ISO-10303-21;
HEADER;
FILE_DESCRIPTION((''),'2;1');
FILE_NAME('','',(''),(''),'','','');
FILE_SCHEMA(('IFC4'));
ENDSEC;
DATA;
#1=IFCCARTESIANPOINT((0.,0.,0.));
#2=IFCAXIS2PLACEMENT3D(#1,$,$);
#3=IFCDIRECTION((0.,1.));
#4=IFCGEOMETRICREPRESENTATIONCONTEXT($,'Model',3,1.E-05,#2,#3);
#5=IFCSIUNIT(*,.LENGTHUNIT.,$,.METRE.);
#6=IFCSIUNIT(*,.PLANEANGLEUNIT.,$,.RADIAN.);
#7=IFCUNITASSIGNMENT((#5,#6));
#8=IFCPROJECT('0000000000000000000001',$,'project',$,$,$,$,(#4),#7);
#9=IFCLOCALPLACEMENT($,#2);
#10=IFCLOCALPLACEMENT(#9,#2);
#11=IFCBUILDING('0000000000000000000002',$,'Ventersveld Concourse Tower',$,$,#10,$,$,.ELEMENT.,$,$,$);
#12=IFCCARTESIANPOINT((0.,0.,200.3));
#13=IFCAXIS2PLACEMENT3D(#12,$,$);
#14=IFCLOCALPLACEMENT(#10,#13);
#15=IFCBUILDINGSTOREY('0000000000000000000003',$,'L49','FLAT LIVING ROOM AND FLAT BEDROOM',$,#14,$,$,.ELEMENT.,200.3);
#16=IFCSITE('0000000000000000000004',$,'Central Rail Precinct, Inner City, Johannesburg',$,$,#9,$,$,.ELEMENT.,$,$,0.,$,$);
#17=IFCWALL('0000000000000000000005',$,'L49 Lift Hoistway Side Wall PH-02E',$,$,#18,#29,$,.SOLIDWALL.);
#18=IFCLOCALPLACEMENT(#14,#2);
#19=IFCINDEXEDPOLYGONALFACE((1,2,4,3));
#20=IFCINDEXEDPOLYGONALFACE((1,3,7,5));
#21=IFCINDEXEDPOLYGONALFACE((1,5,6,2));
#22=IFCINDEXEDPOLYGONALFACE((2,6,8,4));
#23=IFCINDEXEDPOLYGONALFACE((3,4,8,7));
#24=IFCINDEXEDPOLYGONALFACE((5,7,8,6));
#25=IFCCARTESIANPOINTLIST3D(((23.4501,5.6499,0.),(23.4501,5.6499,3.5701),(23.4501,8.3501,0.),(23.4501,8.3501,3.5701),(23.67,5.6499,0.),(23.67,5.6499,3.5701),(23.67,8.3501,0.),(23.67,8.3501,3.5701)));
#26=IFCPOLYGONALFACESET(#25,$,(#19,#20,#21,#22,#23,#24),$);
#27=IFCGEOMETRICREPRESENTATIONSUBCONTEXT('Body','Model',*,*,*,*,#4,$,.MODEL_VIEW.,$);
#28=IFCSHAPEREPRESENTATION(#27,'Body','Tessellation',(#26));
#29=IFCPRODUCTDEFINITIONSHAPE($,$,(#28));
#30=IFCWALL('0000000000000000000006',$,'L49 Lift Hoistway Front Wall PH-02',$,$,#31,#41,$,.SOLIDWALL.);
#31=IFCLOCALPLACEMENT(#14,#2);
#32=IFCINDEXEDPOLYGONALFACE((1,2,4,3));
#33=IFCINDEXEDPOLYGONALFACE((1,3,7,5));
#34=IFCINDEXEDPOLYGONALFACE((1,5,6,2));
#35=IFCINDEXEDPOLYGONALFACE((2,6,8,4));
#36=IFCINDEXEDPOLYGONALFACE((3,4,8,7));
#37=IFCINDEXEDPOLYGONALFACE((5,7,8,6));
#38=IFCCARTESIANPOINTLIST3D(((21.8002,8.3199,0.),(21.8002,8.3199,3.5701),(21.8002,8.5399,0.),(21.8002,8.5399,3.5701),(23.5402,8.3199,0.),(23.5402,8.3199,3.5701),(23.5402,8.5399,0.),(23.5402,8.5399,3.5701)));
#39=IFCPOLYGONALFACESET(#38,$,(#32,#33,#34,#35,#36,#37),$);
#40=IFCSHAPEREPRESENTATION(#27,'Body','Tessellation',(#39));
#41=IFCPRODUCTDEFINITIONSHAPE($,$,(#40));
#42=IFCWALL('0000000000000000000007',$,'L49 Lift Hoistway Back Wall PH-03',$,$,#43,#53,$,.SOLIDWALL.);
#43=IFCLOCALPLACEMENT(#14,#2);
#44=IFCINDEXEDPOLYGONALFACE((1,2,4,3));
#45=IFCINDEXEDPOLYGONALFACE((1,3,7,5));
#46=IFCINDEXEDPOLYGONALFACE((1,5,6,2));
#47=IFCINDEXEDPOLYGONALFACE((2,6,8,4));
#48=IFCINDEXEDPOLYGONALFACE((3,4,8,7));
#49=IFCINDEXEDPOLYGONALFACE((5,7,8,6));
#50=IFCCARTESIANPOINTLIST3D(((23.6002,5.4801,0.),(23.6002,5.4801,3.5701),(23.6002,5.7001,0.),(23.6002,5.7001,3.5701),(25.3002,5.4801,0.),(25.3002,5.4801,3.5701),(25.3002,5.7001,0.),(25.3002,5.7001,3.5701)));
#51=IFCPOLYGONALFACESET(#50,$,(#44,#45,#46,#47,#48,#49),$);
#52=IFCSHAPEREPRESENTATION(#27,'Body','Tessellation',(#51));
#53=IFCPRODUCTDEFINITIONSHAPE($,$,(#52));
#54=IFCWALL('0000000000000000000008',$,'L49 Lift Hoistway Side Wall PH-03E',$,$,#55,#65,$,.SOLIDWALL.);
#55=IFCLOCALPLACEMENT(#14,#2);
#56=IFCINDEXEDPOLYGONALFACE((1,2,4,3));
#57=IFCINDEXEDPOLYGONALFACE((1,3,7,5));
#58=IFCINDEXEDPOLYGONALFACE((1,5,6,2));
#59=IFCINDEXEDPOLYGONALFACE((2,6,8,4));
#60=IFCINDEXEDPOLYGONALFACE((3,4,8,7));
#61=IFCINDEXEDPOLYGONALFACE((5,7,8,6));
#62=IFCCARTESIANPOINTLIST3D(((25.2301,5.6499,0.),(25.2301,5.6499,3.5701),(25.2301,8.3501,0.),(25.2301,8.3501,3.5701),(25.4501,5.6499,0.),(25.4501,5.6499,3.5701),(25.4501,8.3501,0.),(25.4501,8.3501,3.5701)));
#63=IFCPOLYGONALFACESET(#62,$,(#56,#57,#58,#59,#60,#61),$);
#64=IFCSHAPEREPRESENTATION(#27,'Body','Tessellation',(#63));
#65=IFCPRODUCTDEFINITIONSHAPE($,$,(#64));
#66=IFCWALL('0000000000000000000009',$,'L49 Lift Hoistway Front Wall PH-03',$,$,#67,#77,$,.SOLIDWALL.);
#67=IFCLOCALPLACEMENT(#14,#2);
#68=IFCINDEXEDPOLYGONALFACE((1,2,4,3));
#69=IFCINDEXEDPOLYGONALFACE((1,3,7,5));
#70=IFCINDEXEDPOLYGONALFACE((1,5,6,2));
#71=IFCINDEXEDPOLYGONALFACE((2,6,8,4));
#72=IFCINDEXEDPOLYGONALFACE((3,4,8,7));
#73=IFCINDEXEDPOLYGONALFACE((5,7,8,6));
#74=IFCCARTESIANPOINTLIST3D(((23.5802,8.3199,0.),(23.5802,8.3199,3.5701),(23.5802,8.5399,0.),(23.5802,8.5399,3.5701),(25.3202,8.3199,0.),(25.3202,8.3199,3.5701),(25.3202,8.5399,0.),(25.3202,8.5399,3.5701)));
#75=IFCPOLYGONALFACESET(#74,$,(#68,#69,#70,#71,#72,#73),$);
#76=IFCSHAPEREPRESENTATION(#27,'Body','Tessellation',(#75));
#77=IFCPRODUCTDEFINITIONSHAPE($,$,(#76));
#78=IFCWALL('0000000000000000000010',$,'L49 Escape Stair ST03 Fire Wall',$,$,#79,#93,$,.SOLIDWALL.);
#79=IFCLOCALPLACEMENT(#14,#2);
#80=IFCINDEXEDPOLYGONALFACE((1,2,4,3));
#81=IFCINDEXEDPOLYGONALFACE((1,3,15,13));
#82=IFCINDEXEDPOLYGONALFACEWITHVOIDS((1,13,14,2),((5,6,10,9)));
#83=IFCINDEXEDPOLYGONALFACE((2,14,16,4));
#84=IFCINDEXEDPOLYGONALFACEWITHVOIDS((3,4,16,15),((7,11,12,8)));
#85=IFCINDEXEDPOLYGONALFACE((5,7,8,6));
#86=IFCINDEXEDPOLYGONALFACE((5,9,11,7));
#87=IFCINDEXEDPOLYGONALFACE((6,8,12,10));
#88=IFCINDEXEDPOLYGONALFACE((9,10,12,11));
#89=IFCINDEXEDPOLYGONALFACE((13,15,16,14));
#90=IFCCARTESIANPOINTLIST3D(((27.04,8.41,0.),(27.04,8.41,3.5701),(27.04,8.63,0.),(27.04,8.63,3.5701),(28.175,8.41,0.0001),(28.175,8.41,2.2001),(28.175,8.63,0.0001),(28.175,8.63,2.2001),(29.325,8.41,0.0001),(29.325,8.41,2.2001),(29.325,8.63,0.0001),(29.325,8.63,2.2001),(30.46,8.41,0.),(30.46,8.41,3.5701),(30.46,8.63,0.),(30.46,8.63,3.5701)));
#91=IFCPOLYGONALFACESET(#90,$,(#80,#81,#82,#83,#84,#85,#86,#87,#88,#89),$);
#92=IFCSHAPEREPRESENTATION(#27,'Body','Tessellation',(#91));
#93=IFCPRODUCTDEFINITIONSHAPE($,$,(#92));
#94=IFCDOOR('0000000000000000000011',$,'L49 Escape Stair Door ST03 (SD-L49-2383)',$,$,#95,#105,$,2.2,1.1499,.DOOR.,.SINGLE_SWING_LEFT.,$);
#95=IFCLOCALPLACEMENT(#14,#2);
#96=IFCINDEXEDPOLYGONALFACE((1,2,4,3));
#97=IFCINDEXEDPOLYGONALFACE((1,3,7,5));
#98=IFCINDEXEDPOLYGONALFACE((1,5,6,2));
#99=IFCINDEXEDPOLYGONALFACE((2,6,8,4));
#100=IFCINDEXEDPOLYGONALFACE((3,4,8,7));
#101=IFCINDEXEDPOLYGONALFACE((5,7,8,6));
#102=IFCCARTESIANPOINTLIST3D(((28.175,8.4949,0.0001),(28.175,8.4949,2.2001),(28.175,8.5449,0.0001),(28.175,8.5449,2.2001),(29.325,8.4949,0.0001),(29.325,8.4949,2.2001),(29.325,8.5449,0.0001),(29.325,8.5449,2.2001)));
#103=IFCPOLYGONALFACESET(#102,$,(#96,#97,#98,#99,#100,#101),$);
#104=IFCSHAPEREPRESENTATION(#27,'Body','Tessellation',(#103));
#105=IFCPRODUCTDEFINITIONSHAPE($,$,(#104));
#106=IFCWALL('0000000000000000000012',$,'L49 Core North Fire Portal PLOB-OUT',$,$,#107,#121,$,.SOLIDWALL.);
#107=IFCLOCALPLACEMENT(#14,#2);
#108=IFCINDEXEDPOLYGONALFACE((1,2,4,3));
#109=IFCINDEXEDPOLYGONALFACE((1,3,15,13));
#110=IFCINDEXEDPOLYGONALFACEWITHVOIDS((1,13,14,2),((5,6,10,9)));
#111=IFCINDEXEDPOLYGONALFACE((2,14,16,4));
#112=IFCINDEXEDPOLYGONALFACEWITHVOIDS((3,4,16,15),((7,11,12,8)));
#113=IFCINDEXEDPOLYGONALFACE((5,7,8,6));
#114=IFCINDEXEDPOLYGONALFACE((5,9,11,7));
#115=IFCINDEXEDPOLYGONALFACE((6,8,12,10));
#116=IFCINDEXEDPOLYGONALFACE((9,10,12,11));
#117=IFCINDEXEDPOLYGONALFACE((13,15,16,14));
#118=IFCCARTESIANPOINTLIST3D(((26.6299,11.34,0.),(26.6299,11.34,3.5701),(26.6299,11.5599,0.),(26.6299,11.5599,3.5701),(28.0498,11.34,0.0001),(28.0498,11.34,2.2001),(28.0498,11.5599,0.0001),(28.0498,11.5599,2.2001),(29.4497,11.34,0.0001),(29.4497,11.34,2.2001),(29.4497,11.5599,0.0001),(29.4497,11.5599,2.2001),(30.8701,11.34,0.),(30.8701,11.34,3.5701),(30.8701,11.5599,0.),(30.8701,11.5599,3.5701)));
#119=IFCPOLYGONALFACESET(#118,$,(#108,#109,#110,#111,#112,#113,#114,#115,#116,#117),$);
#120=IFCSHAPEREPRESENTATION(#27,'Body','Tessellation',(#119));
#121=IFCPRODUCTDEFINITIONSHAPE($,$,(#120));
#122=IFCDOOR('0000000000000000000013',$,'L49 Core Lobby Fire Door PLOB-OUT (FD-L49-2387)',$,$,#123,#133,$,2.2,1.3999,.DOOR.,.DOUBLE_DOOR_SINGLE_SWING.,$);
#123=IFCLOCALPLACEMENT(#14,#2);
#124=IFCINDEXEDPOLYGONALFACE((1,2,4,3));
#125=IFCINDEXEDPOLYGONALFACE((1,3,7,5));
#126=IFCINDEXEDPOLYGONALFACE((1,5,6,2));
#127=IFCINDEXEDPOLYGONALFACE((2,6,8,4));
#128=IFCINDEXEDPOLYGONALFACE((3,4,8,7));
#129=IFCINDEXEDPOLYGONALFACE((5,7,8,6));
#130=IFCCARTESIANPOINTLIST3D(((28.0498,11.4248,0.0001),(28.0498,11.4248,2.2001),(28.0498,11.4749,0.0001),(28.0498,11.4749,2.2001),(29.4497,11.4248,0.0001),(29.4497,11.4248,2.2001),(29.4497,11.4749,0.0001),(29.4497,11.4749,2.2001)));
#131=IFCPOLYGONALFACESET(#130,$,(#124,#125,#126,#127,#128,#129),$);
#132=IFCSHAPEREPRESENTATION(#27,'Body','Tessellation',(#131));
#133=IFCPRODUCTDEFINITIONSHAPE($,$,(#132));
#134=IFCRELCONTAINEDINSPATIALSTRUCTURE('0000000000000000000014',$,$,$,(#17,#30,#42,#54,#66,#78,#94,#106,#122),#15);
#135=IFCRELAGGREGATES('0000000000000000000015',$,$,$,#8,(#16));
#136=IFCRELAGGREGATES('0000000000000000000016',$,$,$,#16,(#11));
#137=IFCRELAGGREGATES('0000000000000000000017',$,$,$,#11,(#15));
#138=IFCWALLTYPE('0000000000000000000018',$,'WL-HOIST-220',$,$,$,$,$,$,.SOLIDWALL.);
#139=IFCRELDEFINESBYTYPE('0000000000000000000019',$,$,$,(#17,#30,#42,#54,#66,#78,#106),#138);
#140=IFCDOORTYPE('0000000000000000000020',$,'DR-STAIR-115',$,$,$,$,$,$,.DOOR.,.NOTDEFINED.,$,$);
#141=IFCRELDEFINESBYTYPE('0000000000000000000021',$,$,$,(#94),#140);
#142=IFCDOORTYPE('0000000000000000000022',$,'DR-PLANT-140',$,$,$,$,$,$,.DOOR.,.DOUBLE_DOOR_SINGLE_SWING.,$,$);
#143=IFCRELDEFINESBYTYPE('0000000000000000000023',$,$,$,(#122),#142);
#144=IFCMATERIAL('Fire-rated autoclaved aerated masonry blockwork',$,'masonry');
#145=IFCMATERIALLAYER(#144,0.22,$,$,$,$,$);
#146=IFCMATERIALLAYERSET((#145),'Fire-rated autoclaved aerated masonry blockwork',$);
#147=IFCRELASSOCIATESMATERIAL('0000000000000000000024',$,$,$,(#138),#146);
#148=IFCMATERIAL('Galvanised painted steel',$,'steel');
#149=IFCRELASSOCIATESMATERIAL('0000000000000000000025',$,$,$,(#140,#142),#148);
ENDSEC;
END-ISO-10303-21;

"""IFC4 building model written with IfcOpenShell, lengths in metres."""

from ifc_helpers import new_model, si_unit, direction, frame, frame_2d, origin, place, context, subcontext, project, spatial, rectangle, extrude, material, layer, layer_set, type_object, element, fill, save


model = new_model("IFC4")

# Units and contexts
model_context = context("Model", 3, precision=1e-05, world=origin(), true_north=direction((0.0, 1.0)))
body_context = subcontext(model_context, "Body", "Model", "MODEL_VIEW")
ifc_project = project(units=[si_unit("LENGTHUNIT", "METRE"), si_unit("PLANEANGLEUNIT", "RADIAN")], contexts=[model_context])

# Site, building, storey
site_placement = place(None, origin())
site = spatial("IfcSite", under=ifc_project, at=site_placement, Name="Central Rail Precinct, Inner City, Johannesburg", CompositionType="ELEMENT", RefElevation=0.0)
building_placement = place(site_placement, origin())
building = spatial("IfcBuilding", under=site, at=building_placement, Name="Ventersveld Concourse Tower", CompositionType="ELEMENT")
storey_placement = place(building_placement, frame((0.0, 0.0, 200.3)))
storey = spatial("IfcBuildingStorey", under=building, at=storey_placement, Name="L49", Description="FLAT LIVING ROOM AND FLAT BEDROOM", CompositionType="ELEMENT", Elevation=200.3)

# Shared definitions
ifc_material_1 = material(Name="Fire-rated autoclaved aerated masonry blockwork", Category="masonry")
ifc_material_2 = material(Name="Galvanised painted steel", Category="steel")

# Walls
ifc_layer_1 = layer(ifc_material_1, 0.22)
ifc_layer_set_1 = layer_set([ifc_layer_1], Name="Fire-rated autoclaved aerated masonry blockwork")
wall_type_1 = type_object("IfcWallType", Name="WL-HOIST-220", PredefinedType="SOLIDWALL", material=ifc_layer_set_1)
wall_1_placement = place(storey_placement, frame((23.5601, 5.6499, 0.0), z_axis=(0.0, 0.0, 1.0), x_axis=(0.0, 1.0, 0.0)))
element("IfcWall", 1, at=wall_1_placement, inside=storey, type_object=wall_type_1, Name="L49 Lift Hoistway Side Wall PH-02E", PredefinedType="SOLIDWALL", context=body_context, shape_type="SweptSolid", body=[
    extrude(rectangle(XDim=2.7002, YDim=0.22, at=frame_2d((1.3501, 0.0))), origin(), (0.0, 0.0, 1.0), 3.5701),
])
wall_2_placement = place(storey_placement, frame((21.8, 8.4299, 0.0), z_axis=(0.0, 0.0, 1.0), x_axis=(1.0, 0.0, 0.0)))
element("IfcWall", 2, at=wall_2_placement, inside=storey, type_object=wall_type_1, Name="L49 Lift Hoistway Front Wall PH-02", PredefinedType="SOLIDWALL", context=body_context, shape_type="SweptSolid", body=[
    extrude(rectangle(XDim=1.74, YDim=0.22, at=frame_2d((0.8701, 0.0))), origin(), (0.0, 0.0, 1.0), 3.5701),
])
wall_3_placement = place(storey_placement, frame((23.6001, 5.5901, 0.0), z_axis=(0.0, 0.0, 1.0), x_axis=(1.0, 0.0, 0.0)))
element("IfcWall", 3, at=wall_3_placement, inside=storey, type_object=wall_type_1, Name="L49 Lift Hoistway Back Wall PH-03", PredefinedType="SOLIDWALL", context=body_context, shape_type="SweptSolid", body=[
    extrude(rectangle(XDim=1.7, YDim=0.22, at=frame_2d((0.8501, 0.0))), origin(), (0.0, 0.0, 1.0), 3.5701),
])
wall_4_placement = place(storey_placement, frame((25.3401, 5.6499, 0.0), z_axis=(0.0, 0.0, 1.0), x_axis=(0.0, 1.0, 0.0)))
element("IfcWall", 4, at=wall_4_placement, inside=storey, type_object=wall_type_1, Name="L49 Lift Hoistway Side Wall PH-03E", PredefinedType="SOLIDWALL", context=body_context, shape_type="SweptSolid", body=[
    extrude(rectangle(XDim=2.7002, YDim=0.22, at=frame_2d((1.3501, 0.0))), origin(), (0.0, 0.0, 1.0), 3.5701),
])
wall_5_placement = place(storey_placement, frame((23.5801, 8.4299, 0.0), z_axis=(0.0, 0.0, 1.0), x_axis=(1.0, 0.0, 0.0)))
element("IfcWall", 5, at=wall_5_placement, inside=storey, type_object=wall_type_1, Name="L49 Lift Hoistway Front Wall PH-03", PredefinedType="SOLIDWALL", context=body_context, shape_type="SweptSolid", body=[
    extrude(rectangle(XDim=1.74, YDim=0.22, at=frame_2d((0.8701, 0.0))), origin(), (0.0, 0.0, 1.0), 3.5701),
])

# Walls, openings, doors
wall_6_placement = place(storey_placement, frame((27.04, 8.52, 0.0), z_axis=(0.0, 0.0, 1.0), x_axis=(1.0, 0.0, 0.0)))
wall_6 = element("IfcWall", 6, at=wall_6_placement, inside=storey, type_object=wall_type_1, Name="L49 Escape Stair ST03 Fire Wall", PredefinedType="SOLIDWALL", context=body_context, shape_type="SweptSolid", body=[
    extrude(rectangle(XDim=3.4199, YDim=0.22, at=frame_2d((1.71, 0.0))), origin(), (0.0, 0.0, 1.0), 3.5701),
])
opening_1_placement = place(wall_6_placement, frame((1.135, 0.0, 0.0)))
opening_1 = element("IfcOpeningElement", 7, at=opening_1_placement, cuts=wall_6, PredefinedType="OPENING", context=body_context, shape_type="SweptSolid", body=[
    extrude(rectangle(XDim=1.1499, YDim=2.2, at=frame_2d((0.575, 1.1001))), frame((0.0, 0.1201, 0.0), z_axis=(0.0, -1.0, 0.0), x_axis=(1.0, 0.0, 0.0)), (0.0, 0.0, 1.0), 0.24),
])
door_type_1 = type_object("IfcDoorType", Name="DR-STAIR-115", OperationType="NOTDEFINED", PredefinedType="DOOR", material=ifc_material_2)
door_1_placement = place(opening_1_placement, origin())
door_1 = element("IfcDoor", 8, at=door_1_placement, inside=storey, type_object=door_type_1, Name="L49 Escape Stair Door ST03 (SD-L49-2383)", OperationType="SINGLE_SWING_LEFT", OverallHeight=2.2, OverallWidth=1.1499, PredefinedType="DOOR", context=body_context, shape_type="SweptSolid", body=[
    extrude(rectangle(XDim=1.1499, YDim=2.2, at=frame_2d((0.575, 1.1001))), frame((0.0, 0.0249, 0.0), z_axis=(0.0, -1.0, 0.0), x_axis=(1.0, 0.0, 0.0)), (0.0, 0.0, 1.0), 0.05),
])
fill(opening_1, door_1)
wall_7_placement = place(storey_placement, frame((26.6299, 11.45, 0.0), z_axis=(0.0, 0.0, 1.0), x_axis=(1.0, 0.0, 0.0)))
wall_7 = element("IfcWall", 9, at=wall_7_placement, inside=storey, type_object=wall_type_1, Name="L49 Core North Fire Portal PLOB-OUT", PredefinedType="SOLIDWALL", context=body_context, shape_type="SweptSolid", body=[
    extrude(rectangle(XDim=4.2402, YDim=0.22, at=frame_2d((2.1201, 0.0))), origin(), (0.0, 0.0, 1.0), 3.5701),
])
opening_2_placement = place(wall_7_placement, frame((1.4199, 0.0, 0.0)))
opening_2 = element("IfcOpeningElement", 10, at=opening_2_placement, cuts=wall_7, PredefinedType="OPENING", context=body_context, shape_type="SweptSolid", body=[
    extrude(rectangle(XDim=1.3999, YDim=2.2, at=frame_2d((0.7, 1.1001))), frame((0.0, 0.1201, 0.0), z_axis=(0.0, -1.0, 0.0), x_axis=(1.0, 0.0, 0.0)), (0.0, 0.0, 1.0), 0.24),
])
door_type_2 = type_object("IfcDoorType", Name="DR-PLANT-140", OperationType="DOUBLE_DOOR_SINGLE_SWING", PredefinedType="DOOR", material=ifc_material_2)
door_2_placement = place(opening_2_placement, origin())
door_2 = element("IfcDoor", 11, at=door_2_placement, inside=storey, type_object=door_type_2, Name="L49 Core Lobby Fire Door PLOB-OUT (FD-L49-2387)", OperationType="DOUBLE_DOOR_SINGLE_SWING", OverallHeight=2.2, OverallWidth=1.3999, PredefinedType="DOOR", context=body_context, shape_type="SweptSolid", body=[
    extrude(rectangle(XDim=1.3999, YDim=2.2, at=frame_2d((0.7, 1.1001))), frame((0.0, 0.0249, 0.0), z_axis=(0.0, -1.0, 0.0), x_axis=(1.0, 0.0, 0.0)), (0.0, 0.0, 1.0), 0.05),
])
fill(opening_2, door_2)

save(model, "model.ifc")
